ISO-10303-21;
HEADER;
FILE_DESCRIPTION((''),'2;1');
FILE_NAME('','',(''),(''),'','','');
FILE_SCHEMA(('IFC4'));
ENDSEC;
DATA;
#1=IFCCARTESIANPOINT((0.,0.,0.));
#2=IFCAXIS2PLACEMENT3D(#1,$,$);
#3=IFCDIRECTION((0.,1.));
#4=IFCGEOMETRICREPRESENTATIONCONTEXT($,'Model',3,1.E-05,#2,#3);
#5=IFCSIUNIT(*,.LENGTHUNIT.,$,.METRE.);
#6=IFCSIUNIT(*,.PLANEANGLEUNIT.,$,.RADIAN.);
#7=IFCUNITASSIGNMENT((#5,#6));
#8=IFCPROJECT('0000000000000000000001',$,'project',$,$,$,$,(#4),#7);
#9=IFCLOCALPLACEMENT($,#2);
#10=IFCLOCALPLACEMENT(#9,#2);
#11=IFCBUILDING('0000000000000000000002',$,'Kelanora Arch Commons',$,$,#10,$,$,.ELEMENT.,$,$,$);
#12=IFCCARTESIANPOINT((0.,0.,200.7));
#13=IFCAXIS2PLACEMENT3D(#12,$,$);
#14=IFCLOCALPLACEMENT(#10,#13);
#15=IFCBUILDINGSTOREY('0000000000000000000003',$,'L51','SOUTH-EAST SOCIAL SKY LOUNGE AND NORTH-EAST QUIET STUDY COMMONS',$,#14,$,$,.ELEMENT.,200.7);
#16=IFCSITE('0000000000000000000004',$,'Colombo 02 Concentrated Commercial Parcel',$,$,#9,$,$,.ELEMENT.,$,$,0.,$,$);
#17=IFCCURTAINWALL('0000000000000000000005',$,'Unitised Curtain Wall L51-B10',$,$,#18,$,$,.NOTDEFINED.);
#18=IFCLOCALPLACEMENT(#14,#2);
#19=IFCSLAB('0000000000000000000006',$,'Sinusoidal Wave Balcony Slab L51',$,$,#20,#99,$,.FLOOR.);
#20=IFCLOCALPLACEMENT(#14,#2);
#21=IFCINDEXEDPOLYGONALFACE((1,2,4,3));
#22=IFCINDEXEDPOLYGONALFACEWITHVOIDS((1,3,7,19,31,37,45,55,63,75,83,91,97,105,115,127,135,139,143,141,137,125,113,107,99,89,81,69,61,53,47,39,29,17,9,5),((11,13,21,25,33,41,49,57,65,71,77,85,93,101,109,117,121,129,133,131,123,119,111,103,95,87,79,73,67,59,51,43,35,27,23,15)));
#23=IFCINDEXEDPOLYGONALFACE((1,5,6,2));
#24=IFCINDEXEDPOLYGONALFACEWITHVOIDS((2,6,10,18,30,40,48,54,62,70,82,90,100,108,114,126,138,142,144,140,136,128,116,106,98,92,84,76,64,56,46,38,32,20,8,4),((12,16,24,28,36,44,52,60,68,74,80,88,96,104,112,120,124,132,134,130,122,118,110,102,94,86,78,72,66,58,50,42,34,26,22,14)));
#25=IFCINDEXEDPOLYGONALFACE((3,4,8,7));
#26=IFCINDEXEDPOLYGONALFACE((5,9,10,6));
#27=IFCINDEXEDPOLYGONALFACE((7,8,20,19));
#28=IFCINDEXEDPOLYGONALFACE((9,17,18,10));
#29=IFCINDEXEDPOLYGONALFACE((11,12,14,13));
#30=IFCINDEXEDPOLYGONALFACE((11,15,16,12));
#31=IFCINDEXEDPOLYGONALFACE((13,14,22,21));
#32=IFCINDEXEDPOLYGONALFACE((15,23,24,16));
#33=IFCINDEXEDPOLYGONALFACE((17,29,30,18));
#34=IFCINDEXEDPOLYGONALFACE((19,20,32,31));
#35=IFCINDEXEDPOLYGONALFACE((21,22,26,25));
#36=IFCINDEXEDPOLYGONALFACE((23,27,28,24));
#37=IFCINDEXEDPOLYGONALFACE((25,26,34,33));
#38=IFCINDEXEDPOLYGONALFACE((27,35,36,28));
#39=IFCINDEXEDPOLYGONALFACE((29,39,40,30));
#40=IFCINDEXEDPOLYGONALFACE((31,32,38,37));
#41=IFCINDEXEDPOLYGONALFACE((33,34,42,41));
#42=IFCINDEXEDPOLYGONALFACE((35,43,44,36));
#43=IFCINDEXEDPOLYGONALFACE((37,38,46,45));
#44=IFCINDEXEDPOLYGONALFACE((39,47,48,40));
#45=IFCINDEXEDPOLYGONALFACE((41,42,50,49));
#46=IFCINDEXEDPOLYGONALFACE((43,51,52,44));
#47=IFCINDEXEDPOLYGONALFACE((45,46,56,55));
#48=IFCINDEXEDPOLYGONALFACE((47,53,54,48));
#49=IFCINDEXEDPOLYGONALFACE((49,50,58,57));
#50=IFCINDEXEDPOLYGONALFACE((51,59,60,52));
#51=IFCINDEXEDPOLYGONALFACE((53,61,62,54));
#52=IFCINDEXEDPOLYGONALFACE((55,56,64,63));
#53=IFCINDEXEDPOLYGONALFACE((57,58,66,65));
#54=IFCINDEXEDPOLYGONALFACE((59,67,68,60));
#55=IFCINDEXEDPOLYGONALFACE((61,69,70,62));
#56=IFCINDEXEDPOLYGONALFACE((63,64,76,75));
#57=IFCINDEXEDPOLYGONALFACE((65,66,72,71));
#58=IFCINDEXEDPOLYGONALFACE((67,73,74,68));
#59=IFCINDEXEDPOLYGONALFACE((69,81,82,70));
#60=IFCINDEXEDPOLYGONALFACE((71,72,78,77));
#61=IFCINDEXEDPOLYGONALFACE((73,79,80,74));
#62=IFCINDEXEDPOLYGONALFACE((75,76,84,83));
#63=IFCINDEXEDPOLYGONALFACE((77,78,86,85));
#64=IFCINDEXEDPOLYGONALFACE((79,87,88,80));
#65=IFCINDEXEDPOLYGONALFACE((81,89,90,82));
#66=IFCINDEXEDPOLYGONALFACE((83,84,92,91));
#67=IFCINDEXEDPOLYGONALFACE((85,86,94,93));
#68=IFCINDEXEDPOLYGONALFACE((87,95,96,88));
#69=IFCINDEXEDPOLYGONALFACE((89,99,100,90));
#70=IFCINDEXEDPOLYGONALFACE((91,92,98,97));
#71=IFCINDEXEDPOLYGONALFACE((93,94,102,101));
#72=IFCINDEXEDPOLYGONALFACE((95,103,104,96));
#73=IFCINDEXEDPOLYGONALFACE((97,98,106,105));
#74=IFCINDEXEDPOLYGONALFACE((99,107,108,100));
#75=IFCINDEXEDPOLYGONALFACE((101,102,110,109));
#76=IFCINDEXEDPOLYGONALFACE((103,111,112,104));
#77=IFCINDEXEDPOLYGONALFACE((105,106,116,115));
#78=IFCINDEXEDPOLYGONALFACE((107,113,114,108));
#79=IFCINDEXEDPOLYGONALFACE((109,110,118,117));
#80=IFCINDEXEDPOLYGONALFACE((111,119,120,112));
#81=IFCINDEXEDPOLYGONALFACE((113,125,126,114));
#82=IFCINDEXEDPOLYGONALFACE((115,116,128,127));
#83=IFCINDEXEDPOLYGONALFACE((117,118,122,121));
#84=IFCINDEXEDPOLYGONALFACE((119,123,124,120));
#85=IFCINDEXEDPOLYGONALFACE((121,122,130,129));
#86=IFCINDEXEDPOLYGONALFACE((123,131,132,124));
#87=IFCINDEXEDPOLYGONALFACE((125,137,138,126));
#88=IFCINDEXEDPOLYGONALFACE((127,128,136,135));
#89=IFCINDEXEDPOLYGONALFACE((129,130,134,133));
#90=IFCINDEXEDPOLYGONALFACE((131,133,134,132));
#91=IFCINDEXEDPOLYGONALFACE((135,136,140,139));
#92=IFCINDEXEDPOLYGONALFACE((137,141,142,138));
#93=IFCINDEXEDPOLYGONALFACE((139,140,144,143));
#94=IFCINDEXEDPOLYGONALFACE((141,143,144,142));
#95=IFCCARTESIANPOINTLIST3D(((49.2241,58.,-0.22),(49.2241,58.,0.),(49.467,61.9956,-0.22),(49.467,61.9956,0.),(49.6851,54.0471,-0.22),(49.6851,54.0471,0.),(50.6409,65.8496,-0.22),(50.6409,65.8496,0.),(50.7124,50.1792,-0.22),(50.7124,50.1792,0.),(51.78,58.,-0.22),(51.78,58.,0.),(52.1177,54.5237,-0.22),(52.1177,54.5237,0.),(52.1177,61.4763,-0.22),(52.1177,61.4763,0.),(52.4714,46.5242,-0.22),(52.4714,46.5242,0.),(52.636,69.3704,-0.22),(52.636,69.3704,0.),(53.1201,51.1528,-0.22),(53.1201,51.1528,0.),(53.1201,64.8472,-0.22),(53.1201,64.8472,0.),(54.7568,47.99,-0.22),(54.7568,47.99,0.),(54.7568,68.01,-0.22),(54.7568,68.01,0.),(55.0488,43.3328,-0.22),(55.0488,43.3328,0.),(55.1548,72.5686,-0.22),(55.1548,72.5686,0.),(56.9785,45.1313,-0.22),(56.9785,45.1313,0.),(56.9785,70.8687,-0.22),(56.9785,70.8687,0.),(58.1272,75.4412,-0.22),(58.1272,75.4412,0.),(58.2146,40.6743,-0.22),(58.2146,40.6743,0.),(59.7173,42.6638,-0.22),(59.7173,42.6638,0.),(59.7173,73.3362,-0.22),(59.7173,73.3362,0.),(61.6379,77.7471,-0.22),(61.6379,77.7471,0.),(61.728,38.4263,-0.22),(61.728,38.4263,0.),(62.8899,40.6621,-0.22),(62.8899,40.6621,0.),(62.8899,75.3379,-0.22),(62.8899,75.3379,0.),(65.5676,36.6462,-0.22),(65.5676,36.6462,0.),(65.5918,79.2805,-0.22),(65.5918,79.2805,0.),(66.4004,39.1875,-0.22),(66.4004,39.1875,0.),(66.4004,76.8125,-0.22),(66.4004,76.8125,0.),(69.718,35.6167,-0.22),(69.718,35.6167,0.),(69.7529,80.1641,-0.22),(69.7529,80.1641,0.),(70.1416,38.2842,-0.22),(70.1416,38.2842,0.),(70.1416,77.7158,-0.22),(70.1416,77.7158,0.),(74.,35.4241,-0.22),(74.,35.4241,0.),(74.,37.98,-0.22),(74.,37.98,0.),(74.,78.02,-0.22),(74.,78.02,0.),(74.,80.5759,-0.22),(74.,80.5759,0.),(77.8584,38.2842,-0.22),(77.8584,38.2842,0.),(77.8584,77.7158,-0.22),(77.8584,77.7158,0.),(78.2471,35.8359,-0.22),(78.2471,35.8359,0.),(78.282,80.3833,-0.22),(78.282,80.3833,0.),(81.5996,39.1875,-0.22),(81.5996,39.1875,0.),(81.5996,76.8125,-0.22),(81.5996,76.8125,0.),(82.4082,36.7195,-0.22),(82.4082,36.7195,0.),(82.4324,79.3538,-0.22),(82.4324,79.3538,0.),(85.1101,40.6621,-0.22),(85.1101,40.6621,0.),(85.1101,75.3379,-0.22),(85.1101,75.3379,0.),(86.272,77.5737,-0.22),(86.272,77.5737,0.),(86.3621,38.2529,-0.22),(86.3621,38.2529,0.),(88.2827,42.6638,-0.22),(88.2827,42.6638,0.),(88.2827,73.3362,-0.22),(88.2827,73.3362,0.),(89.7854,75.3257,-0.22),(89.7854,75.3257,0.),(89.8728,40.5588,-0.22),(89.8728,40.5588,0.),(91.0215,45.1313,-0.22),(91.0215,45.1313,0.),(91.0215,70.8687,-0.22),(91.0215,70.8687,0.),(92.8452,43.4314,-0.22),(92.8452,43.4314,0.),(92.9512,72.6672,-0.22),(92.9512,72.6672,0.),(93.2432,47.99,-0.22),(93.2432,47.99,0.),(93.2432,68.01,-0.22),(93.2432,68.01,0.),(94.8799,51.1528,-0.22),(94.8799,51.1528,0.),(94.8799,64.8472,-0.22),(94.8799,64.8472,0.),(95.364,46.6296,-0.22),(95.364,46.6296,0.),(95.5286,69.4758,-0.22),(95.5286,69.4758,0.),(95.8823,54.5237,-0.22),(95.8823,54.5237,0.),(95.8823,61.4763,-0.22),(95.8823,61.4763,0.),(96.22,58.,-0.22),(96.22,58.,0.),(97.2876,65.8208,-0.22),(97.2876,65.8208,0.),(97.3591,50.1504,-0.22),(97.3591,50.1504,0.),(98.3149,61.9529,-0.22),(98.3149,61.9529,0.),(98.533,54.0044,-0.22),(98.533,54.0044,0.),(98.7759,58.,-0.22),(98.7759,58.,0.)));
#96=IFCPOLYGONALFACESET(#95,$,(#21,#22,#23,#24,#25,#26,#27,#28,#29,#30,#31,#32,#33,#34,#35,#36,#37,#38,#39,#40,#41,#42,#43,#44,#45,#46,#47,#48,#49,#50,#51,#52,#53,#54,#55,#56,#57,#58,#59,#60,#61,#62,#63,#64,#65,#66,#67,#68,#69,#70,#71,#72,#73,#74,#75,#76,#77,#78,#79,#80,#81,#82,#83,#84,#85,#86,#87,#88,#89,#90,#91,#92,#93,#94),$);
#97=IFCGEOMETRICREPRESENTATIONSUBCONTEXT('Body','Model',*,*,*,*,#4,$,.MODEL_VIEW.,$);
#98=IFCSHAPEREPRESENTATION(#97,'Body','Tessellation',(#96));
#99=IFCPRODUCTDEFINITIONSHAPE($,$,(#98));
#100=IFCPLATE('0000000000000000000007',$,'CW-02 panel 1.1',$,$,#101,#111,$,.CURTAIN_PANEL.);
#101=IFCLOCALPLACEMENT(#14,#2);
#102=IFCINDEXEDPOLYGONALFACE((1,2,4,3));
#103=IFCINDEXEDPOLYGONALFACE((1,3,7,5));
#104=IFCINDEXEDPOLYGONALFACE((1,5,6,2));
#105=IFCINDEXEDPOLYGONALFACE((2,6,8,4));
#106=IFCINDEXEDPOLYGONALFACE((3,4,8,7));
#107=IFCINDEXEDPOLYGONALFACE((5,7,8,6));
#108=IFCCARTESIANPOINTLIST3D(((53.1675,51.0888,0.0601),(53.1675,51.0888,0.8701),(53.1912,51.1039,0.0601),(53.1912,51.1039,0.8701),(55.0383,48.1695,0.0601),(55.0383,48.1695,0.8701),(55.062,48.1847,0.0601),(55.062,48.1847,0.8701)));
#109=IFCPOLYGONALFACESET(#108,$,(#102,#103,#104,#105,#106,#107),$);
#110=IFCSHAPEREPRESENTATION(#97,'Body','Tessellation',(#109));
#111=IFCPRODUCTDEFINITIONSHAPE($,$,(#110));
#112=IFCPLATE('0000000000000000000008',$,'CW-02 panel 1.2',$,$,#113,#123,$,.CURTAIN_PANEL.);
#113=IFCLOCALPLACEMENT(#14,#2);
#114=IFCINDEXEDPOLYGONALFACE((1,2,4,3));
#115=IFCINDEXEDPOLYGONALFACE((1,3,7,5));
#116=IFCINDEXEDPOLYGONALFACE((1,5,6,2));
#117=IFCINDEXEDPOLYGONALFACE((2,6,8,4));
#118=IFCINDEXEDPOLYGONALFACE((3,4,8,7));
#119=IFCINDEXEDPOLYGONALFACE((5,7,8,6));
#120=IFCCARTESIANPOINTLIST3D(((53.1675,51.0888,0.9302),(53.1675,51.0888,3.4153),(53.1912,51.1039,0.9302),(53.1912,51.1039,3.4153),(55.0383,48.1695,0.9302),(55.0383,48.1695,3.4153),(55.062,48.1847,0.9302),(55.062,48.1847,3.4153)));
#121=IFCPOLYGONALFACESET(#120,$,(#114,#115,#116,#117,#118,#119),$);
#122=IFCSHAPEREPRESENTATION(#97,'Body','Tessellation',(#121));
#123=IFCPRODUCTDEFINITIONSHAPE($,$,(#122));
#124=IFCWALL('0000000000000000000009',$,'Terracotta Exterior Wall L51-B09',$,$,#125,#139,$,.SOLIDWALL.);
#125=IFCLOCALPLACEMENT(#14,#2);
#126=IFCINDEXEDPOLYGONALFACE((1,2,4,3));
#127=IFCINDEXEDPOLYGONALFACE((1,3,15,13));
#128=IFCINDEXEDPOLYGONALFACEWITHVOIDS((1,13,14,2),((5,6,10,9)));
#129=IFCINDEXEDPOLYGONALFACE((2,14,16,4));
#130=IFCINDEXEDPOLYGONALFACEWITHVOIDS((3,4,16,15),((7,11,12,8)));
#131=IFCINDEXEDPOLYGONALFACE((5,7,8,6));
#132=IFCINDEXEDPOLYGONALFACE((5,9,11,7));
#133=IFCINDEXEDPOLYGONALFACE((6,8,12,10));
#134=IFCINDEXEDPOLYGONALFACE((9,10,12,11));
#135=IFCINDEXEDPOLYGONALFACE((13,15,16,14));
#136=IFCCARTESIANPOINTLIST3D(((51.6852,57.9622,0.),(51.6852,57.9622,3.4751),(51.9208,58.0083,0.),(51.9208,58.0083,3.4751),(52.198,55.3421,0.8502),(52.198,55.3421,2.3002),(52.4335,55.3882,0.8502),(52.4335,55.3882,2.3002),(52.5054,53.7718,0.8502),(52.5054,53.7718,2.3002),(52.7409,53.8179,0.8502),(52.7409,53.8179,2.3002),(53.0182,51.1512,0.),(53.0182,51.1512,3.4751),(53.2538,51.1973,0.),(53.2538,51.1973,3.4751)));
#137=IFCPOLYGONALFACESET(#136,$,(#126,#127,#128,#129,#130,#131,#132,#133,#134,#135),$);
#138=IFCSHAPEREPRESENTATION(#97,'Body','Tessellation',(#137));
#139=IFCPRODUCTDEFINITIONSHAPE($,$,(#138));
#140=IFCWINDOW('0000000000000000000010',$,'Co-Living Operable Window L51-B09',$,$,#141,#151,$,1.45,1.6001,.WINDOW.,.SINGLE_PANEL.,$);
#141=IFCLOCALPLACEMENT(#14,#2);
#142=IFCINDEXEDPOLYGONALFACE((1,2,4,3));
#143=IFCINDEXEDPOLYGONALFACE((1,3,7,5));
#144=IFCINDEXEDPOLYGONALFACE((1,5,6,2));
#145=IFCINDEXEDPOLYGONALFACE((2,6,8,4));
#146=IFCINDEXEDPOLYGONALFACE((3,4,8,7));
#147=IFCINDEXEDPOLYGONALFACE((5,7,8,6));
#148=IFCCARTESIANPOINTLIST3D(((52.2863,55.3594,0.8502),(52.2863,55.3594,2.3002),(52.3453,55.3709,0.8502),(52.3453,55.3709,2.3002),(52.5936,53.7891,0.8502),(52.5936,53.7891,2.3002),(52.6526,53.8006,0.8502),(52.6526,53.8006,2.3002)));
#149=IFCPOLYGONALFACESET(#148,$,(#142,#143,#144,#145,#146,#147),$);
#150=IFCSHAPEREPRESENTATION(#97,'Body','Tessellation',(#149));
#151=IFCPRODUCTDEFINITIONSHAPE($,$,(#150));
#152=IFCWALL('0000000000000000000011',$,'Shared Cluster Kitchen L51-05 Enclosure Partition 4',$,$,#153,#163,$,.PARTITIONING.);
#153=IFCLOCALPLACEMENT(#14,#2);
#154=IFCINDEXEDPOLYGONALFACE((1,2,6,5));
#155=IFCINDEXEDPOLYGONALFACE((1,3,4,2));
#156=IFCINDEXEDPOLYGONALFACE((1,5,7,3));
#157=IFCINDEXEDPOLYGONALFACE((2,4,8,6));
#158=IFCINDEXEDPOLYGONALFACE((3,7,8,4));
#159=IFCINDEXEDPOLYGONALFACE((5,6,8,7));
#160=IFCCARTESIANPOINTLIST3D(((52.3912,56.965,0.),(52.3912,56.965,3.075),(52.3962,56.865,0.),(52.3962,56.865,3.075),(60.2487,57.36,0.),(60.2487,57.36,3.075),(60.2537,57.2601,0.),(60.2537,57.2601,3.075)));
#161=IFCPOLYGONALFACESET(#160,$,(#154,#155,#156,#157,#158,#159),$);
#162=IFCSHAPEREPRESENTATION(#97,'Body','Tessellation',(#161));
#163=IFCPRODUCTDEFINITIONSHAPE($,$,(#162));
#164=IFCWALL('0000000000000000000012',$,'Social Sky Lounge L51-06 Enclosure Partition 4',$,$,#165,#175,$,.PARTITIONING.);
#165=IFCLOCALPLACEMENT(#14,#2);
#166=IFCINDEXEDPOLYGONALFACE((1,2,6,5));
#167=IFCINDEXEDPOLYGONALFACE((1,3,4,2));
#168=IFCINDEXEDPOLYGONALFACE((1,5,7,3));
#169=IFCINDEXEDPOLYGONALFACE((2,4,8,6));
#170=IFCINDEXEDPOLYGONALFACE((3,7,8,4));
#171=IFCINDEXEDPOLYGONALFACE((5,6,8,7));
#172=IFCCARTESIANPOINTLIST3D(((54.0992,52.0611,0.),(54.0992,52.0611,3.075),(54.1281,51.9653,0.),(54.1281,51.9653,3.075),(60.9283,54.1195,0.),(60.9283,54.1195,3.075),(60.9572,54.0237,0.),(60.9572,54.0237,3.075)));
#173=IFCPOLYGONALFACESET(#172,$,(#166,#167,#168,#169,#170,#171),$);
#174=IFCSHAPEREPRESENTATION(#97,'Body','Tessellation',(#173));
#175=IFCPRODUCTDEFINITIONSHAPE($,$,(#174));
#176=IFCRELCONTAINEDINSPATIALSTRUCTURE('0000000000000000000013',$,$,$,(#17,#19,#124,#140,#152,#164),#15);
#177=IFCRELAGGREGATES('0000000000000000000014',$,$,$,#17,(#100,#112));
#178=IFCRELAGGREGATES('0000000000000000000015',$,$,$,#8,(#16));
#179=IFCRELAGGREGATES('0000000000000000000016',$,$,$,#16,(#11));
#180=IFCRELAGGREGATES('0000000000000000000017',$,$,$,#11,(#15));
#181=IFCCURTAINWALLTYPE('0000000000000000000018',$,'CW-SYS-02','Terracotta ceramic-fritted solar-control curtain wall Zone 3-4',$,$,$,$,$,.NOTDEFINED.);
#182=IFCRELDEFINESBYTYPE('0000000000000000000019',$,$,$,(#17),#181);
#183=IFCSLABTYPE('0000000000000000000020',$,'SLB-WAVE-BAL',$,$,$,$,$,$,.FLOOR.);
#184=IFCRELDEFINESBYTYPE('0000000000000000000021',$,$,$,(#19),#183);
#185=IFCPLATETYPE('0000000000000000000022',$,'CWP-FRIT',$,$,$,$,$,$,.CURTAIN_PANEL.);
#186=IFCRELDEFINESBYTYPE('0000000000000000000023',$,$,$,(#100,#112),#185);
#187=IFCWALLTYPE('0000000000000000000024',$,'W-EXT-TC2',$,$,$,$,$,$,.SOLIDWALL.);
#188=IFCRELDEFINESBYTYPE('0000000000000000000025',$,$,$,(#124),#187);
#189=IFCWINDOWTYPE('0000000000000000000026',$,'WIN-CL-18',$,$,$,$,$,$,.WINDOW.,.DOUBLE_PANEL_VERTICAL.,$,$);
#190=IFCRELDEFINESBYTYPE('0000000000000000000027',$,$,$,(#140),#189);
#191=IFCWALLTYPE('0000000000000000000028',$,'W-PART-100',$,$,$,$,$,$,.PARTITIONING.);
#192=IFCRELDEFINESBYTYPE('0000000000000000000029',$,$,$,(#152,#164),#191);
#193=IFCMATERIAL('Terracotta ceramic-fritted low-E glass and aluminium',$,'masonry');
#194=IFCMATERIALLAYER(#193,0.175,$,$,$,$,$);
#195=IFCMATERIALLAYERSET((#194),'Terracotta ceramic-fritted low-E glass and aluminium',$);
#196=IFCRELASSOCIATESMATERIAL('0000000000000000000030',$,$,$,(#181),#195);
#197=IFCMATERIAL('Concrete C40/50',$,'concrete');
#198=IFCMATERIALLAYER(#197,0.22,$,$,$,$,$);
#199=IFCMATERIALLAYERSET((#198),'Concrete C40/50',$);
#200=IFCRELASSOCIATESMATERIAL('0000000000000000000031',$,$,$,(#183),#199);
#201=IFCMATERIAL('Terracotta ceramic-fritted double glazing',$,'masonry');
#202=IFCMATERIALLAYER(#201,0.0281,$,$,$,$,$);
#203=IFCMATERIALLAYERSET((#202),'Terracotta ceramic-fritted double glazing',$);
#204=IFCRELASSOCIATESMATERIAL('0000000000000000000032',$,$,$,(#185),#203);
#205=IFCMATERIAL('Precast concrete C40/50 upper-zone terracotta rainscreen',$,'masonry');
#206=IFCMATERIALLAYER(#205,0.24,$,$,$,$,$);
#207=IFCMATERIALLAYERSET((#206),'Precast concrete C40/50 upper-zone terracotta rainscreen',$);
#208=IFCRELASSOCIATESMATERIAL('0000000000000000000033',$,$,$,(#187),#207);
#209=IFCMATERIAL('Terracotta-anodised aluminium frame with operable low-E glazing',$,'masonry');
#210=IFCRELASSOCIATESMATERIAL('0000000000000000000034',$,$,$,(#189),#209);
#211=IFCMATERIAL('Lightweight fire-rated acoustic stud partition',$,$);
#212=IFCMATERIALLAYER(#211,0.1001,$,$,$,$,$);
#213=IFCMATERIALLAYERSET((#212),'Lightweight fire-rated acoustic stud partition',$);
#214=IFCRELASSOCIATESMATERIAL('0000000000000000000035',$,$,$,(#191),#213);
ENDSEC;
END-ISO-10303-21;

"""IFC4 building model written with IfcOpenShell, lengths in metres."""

from ifc_helpers import new_model, si_unit, direction, frame, frame_2d, origin, origin_2d, place, context, subcontext, project, spatial, polyline, rectangle, outline, extrude, source, transform, mapped, material, layer, layer_set, type_object, element, fill, aggregate, save


model = new_model("IFC4")

# Units and contexts
model_context = context("Model", 3, precision=1e-05, world=origin(), true_north=direction((0.0, 1.0)))
body_context = subcontext(model_context, "Body", "Model", "MODEL_VIEW")
ifc_project = project(units=[si_unit("LENGTHUNIT", "METRE"), si_unit("PLANEANGLEUNIT", "RADIAN")], contexts=[model_context])

# Site, building, storey
site_placement = place(None, origin())
site = spatial("IfcSite", under=ifc_project, at=site_placement, Name="Colombo 02 Concentrated Commercial Parcel", CompositionType="ELEMENT", RefElevation=0.0)
building_placement = place(site_placement, origin())
building = spatial("IfcBuilding", under=site, at=building_placement, Name="Kelanora Arch Commons", CompositionType="ELEMENT")
storey_placement = place(building_placement, frame((0.0, 0.0, 200.7)))
storey = spatial("IfcBuildingStorey", under=building, at=storey_placement, Name="L51", Description="SOUTH-EAST SOCIAL SKY LOUNGE AND NORTH-EAST QUIET STUDY COMMONS", CompositionType="ELEMENT", Elevation=200.7)

# Curtain wall
ifc_material_1 = material(Name="Terracotta ceramic-fritted low-E glass and aluminium", Category="masonry")
ifc_layer_1 = layer(ifc_material_1, 0.175)
ifc_layer_set_1 = layer_set([ifc_layer_1], Name="Terracotta ceramic-fritted low-E glass and aluminium")
curtain_wall_type = type_object("IfcCurtainWallType", Name="CW-SYS-02", Description="Terracotta ceramic-fritted solar-control curtain wall Zone 3-4", PredefinedType="NOTDEFINED", material=ifc_layer_set_1)
curtain_wall_placement = place(storey_placement, origin())
curtain_wall = element("IfcCurtainWall", 1, at=curtain_wall_placement, inside=storey, type_object=curtain_wall_type, Name="Unitised Curtain Wall L51-B10", PredefinedType="NOTDEFINED")

# Shared definitions
ifc_material_2 = material(Name="Concrete C40/50", Category="concrete")

# Slab
ifc_layer_2 = layer(ifc_material_2, 0.22)
ifc_layer_set_2 = layer_set([ifc_layer_2], Name="Concrete C40/50")
slab_type_1 = type_object("IfcSlabType", Name="SLB-WAVE-BAL", PredefinedType="FLOOR", material=ifc_layer_set_2)
slab_1_placement = place(storey_placement, frame((0.0, 0.0, -0.22)))
element("IfcSlab", 2, at=slab_1_placement, inside=storey, type_object=slab_type_1, Name="Sinusoidal Wave Balcony Slab L51", PredefinedType="FLOOR", context=body_context, shape_type="SweptSolid", body=[
    extrude(outline(polyline([(98.7759, 58.0), (98.3149, 61.9529), (97.2876, 65.8208), (95.5286, 69.4758), (92.9512, 72.6672), (89.7854, 75.3257), (86.272, 77.5737), (82.4324, 79.3538), (78.282, 80.3833), (74.0, 80.5759), (69.7529, 80.1641), (65.5918, 79.2805), (61.6379, 77.7471), (58.1272, 75.4412), (55.1548, 72.5686), (52.636, 69.3704), (50.6409, 65.8496), (49.467, 61.9956), (49.2241, 58.0), (49.6851, 54.0471), (50.7124, 50.1792), (52.4714, 46.5242), (55.0488, 43.3328), (58.2146, 40.6743), (61.728, 38.4263), (65.5676, 36.6462), (69.718, 35.6167), (74.0, 35.4241), (78.2471, 35.8359), (82.4082, 36.7195), (86.3621, 38.2529), (89.8728, 40.5588), (92.8452, 43.4314), (95.364, 46.6296), (97.3591, 50.1504), (98.533, 54.0044), (98.7759, 58.0)]), holes=[polyline([(95.8823, 54.5237), (94.8799, 51.1528), (93.2432, 47.99), (91.0215, 45.1313), (88.2827, 42.6638), (85.1101, 40.6621), (81.5996, 39.1875), (77.8584, 38.2842), (74.0, 37.98), (70.1416, 38.2842), (66.4004, 39.1875), (62.8899, 40.6621), (59.7173, 42.6638), (56.9785, 45.1313), (54.7568, 47.99), (53.1201, 51.1528), (52.1177, 54.5237), (51.78, 58.0), (52.1177, 61.4763), (53.1201, 64.8472), (54.7568, 68.01), (56.9785, 70.8687), (59.7173, 73.3362), (62.8899, 75.3379), (66.4004, 76.8125), (70.1416, 77.7158), (74.0, 78.02), (77.8584, 77.7158), (81.5996, 76.8125), (85.1101, 75.3379), (88.2827, 73.3362), (91.0215, 70.8687), (93.2432, 68.01), (94.8799, 64.8472), (95.8823, 61.4763), (96.22, 58.0), (95.8823, 54.5237)])]), origin(), (0.0, 0.0, 1.0), 0.22),
])

# Plates
ifc_material_3 = material(Name="Terracotta ceramic-fritted double glazing", Category="masonry")
ifc_layer_3 = layer(ifc_material_3, 0.0281)
ifc_layer_set_3 = layer_set([ifc_layer_3], Name="Terracotta ceramic-fritted double glazing")
plate_type = type_object("IfcPlateType", Name="CWP-FRIT", PredefinedType="CURTAIN_PANEL", material=ifc_layer_set_3)
shared_shape_1 = source(origin(), body_context, "Body", "SweptSolid", [
    extrude(rectangle(XDim=3.4673, YDim=0.0281, at=origin_2d()), origin(), (0.0, 0.0, 1.0), 0.8101),
])
plate_1_placement = place(storey_placement, frame((54.1147, 49.6367, 0.0601), z_axis=(0.0, 0.0, 1.0), x_axis=(0.539559, -0.841948, 0.0)))
plate_1 = element("IfcPlate", 3, at=plate_1_placement, type_object=plate_type, Name="CW-02 panel 1.1", PredefinedType="CURTAIN_PANEL", context=body_context, shape_type="MappedRepresentation", body=[
    mapped(shared_shape_1, transform((0.0, 0.0, 0.0), scale=1.0)),
])
shared_shape_2 = source(origin(), body_context, "Body", "SweptSolid", [
    extrude(rectangle(XDim=3.4673, YDim=0.0281, at=origin_2d()), origin(), (0.0, 0.0, 1.0), 2.4851),
])
plate_2_placement = place(storey_placement, frame((54.1147, 49.6367, 0.9302), z_axis=(0.0, 0.0, 1.0), x_axis=(0.539559, -0.841948, 0.0)))
plate_2 = element("IfcPlate", 4, at=plate_2_placement, type_object=plate_type, Name="CW-02 panel 1.2", PredefinedType="CURTAIN_PANEL", context=body_context, shape_type="MappedRepresentation", body=[
    mapped(shared_shape_2, transform((0.0, 0.0, 0.0), scale=1.0)),
])
aggregate(curtain_wall, [plate_1, plate_2])

# Wall, opening, window
ifc_material_4 = material(Name="Precast concrete C40/50 upper-zone terracotta rainscreen", Category="masonry")
ifc_layer_4 = layer(ifc_material_4, 0.24)
ifc_layer_set_4 = layer_set([ifc_layer_4], Name="Precast concrete C40/50 upper-zone terracotta rainscreen")
wall_type_1 = type_object("IfcWallType", Name="W-EXT-TC2", PredefinedType="SOLIDWALL", material=ifc_layer_set_4)
wall_1_placement = place(storey_placement, frame((51.803, 57.9854, 0.0), z_axis=(0.0, 0.0, 1.0), x_axis=(0.192069, -0.981381, 0.0)))
wall_1 = element("IfcWall", 5, at=wall_1_placement, inside=storey, type_object=wall_type_1, Name="Terracotta Exterior Wall L51-B09", PredefinedType="SOLIDWALL", context=body_context, shape_type="SweptSolid", body=[
    extrude(rectangle(XDim=6.9402, YDim=0.24, at=frame_2d((3.4702, 0.0))), origin(), (0.0, 0.0, 1.0), 3.4751),
])
opening_placement = place(wall_1_placement, frame((2.6699, 0.0, 0.8501)))
opening = element("IfcOpeningElement", 6, at=opening_placement, cuts=wall_1, PredefinedType="OPENING", context=body_context, shape_type="SweptSolid", body=[
    extrude(rectangle(XDim=1.6001, YDim=1.45, at=frame_2d((0.8, 0.7251))), frame((0.0, 0.1299, 0.0), z_axis=(0.0, -1.0, 0.0), x_axis=(1.0, 0.0, 0.0)), (0.0, 0.0, 1.0), 0.26),
])
ifc_material_5 = material(Name="Terracotta-anodised aluminium frame with operable low-E glazing", Category="masonry")
window_type = type_object("IfcWindowType", Name="WIN-CL-18", PartitioningType="DOUBLE_PANEL_VERTICAL", PredefinedType="WINDOW", material=ifc_material_5)
window_placement = place(opening_placement, origin())
window = element("IfcWindow", 7, at=window_placement, inside=storey, type_object=window_type, Name="Co-Living Operable Window L51-B09", OverallHeight=1.45, OverallWidth=1.6001, PartitioningType="SINGLE_PANEL", PredefinedType="WINDOW", context=body_context, shape_type="SweptSolid", body=[
    extrude(rectangle(XDim=1.6001, YDim=1.45, at=frame_2d((0.8, 0.7251))), frame((0.0, 0.03, 0.0), z_axis=(0.0, -1.0, 0.0), x_axis=(1.0, 0.0, 0.0)), (0.0, 0.0, 1.0), 0.0601),
])
fill(opening, window)

# Walls
ifc_material_6 = material(Name="Lightweight fire-rated acoustic stud partition")
ifc_layer_5 = layer(ifc_material_6, 0.1001)
ifc_layer_set_5 = layer_set([ifc_layer_5], Name="Lightweight fire-rated acoustic stud partition")
wall_type_2 = type_object("IfcWallType", Name="W-PART-100", PredefinedType="PARTITIONING", material=ifc_layer_set_5)
wall_2_placement = place(storey_placement, frame((52.3938, 56.915, 0.0), z_axis=(0.0, 0.0, 1.0), x_axis=(0.998739, 0.05021, 0.0)))
element("IfcWall", 8, at=wall_2_placement, inside=storey, type_object=wall_type_2, Name="Shared Cluster Kitchen L51-05 Enclosure Partition 4", PredefinedType="PARTITIONING", context=body_context, shape_type="SweptSolid", body=[
    extrude(rectangle(XDim=7.8674, YDim=0.1001, at=frame_2d((3.9336, 0.0))), origin(), (0.0, 0.0, 1.0), 3.075),
])
wall_3_placement = place(storey_placement, frame((54.1135, 52.0132, 0.0), z_axis=(0.0, 0.0, 1.0), x_axis=(0.957454, 0.288585, 0.0)))
element("IfcWall", 9, at=wall_3_placement, inside=storey, type_object=wall_type_2, Name="Social Sky Lounge L51-06 Enclosure Partition 4", PredefinedType="PARTITIONING", context=body_context, shape_type="SweptSolid", body=[
    extrude(rectangle(XDim=7.1326, YDim=0.1001, at=frame_2d((3.5664, 0.0))), origin(), (0.0, 0.0, 1.0), 3.075),
])

save(model, "model.ifc")
